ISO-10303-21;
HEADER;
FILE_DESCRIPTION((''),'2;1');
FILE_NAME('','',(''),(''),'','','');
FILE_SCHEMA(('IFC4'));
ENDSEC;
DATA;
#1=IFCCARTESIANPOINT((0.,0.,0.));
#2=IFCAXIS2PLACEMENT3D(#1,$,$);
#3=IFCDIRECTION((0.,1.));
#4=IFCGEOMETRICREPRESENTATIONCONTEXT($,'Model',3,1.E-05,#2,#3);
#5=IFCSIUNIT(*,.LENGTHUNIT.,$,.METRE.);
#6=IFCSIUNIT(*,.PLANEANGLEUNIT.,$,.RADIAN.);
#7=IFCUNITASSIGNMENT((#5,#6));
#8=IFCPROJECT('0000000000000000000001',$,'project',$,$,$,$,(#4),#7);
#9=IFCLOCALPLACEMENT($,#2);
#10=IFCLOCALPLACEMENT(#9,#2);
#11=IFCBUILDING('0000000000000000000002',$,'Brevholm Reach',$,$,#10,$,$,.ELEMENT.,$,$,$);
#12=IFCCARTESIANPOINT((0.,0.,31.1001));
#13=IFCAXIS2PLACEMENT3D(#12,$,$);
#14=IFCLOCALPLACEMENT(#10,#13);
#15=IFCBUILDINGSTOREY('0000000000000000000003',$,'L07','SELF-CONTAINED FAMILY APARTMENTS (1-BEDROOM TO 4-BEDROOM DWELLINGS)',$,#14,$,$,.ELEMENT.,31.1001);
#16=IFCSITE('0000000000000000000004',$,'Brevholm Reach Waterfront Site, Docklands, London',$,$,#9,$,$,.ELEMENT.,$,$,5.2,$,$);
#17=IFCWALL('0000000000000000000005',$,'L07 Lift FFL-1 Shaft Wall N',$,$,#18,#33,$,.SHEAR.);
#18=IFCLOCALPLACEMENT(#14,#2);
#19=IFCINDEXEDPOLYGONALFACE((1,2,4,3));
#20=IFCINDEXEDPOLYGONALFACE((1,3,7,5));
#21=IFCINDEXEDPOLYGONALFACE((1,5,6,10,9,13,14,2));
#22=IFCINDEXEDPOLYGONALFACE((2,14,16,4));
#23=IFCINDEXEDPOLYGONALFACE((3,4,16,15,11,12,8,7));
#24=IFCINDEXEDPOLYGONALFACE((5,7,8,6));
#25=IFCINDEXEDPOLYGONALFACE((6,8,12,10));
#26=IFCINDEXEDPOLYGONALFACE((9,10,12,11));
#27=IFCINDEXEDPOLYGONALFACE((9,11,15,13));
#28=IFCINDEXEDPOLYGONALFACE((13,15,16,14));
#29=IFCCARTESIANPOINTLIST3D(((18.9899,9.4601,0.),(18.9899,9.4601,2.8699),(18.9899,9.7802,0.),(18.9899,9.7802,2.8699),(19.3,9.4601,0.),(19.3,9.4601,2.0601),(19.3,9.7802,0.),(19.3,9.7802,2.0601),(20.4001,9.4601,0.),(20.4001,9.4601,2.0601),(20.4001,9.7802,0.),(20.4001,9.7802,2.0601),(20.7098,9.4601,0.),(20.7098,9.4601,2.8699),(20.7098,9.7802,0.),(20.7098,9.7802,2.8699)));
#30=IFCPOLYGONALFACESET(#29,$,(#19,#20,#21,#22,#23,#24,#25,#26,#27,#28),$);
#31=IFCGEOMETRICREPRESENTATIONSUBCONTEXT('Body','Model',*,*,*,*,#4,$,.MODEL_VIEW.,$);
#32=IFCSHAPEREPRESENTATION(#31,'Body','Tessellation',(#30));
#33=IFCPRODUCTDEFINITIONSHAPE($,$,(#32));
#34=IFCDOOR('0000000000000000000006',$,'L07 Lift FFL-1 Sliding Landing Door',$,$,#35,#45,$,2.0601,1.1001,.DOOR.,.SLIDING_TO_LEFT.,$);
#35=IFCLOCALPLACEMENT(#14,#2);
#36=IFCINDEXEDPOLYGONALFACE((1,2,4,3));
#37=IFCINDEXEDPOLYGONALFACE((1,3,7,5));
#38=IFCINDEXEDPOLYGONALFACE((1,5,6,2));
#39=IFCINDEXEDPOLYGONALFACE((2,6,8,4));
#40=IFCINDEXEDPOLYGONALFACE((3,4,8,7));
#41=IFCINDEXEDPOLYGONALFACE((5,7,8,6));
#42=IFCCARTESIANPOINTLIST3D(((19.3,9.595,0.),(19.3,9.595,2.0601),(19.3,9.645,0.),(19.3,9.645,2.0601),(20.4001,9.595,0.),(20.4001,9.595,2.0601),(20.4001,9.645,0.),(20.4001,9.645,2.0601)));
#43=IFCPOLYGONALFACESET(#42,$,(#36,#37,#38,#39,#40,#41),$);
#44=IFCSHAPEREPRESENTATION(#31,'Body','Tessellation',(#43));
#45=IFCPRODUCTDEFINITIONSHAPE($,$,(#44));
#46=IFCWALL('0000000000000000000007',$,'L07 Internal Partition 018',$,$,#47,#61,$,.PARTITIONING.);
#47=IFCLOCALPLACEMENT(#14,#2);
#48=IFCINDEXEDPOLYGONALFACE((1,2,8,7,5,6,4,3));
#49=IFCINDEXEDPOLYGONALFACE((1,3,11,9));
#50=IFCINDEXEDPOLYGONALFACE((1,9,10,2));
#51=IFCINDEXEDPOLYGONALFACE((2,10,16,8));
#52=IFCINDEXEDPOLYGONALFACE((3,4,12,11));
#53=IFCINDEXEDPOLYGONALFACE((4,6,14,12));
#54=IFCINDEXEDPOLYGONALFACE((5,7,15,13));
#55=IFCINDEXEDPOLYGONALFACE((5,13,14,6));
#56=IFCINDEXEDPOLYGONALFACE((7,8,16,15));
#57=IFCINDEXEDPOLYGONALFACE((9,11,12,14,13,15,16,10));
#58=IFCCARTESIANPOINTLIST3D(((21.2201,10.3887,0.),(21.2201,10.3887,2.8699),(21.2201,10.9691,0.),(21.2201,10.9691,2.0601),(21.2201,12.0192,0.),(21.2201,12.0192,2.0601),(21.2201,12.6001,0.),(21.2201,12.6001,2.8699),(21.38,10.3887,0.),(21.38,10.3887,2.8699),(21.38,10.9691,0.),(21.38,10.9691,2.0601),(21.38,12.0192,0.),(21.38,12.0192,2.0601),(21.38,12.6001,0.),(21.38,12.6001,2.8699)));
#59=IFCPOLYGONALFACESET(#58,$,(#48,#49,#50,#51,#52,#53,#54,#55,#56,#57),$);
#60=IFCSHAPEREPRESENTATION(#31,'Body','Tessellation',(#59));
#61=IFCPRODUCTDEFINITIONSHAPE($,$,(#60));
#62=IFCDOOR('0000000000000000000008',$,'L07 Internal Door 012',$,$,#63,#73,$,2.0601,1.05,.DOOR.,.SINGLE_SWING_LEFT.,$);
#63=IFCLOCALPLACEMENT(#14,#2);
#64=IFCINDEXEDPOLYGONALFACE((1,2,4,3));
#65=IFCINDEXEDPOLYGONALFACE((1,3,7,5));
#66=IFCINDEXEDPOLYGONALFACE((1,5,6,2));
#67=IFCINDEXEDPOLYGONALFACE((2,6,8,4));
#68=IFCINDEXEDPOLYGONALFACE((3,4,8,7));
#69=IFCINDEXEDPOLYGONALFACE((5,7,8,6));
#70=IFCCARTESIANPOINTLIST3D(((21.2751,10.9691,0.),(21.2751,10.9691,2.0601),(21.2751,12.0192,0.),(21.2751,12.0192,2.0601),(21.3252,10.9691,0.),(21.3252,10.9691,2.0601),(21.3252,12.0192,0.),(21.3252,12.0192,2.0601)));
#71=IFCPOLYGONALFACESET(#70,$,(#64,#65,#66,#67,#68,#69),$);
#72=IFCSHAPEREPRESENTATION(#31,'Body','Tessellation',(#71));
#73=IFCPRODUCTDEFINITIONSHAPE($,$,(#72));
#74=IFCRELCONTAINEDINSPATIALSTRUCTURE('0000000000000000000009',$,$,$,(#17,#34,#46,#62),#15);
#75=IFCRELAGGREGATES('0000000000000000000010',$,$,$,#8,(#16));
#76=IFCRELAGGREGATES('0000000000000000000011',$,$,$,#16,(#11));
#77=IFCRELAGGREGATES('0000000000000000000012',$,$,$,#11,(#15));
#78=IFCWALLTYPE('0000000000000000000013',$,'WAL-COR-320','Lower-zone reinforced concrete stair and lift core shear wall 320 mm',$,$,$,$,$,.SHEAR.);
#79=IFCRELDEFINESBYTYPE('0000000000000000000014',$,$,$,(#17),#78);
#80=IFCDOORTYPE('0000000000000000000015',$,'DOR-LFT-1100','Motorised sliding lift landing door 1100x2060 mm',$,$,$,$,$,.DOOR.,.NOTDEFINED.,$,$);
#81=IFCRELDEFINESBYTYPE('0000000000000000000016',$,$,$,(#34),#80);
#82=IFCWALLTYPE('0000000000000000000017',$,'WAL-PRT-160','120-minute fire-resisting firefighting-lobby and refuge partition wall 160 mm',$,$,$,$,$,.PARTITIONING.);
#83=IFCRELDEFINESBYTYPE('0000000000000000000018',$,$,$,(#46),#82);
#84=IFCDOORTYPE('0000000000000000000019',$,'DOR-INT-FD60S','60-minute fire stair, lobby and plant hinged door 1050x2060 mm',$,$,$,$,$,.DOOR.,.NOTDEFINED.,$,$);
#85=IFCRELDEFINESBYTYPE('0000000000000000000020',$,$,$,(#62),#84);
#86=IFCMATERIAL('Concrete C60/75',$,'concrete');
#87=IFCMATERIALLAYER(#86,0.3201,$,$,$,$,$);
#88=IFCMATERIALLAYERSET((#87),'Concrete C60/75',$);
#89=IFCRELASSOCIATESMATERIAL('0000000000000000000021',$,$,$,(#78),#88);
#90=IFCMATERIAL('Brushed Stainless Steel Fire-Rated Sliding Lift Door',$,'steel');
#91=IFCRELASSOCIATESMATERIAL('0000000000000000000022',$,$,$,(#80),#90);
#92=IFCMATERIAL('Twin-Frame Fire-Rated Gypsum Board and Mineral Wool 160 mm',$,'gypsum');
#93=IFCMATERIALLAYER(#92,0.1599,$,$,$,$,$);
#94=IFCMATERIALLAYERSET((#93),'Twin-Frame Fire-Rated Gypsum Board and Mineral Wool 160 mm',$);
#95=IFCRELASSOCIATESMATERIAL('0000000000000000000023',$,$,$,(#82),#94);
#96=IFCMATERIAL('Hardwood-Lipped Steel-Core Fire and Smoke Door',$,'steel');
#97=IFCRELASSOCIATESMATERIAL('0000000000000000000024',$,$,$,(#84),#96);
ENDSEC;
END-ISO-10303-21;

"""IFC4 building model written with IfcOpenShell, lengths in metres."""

from ifc_helpers import new_model, si_unit, direction, frame, frame_2d, origin, place, context, subcontext, project, spatial, rectangle, extrude, material, layer, layer_set, type_object, element, fill, save


model = new_model("IFC4")

# Units and contexts
model_context = context("Model", 3, precision=1e-05, world=origin(), true_north=direction((0.0, 1.0)))
body_context = subcontext(model_context, "Body", "Model", "MODEL_VIEW")
ifc_project = project(units=[si_unit("LENGTHUNIT", "METRE"), si_unit("PLANEANGLEUNIT", "RADIAN")], contexts=[model_context])

# Site, building, storey
site_placement = place(None, origin())
site = spatial("IfcSite", under=ifc_project, at=site_placement, Name="Brevholm Reach Waterfront Site, Docklands, London", CompositionType="ELEMENT", RefElevation=5.2)
building_placement = place(site_placement, origin())
building = spatial("IfcBuilding", under=site, at=building_placement, Name="Brevholm Reach", CompositionType="ELEMENT")
storey_placement = place(building_placement, frame((0.0, 0.0, 31.1001)))
storey = spatial("IfcBuildingStorey", under=building, at=storey_placement, Name="L07", Description="SELF-CONTAINED FAMILY APARTMENTS (1-BEDROOM TO 4-BEDROOM DWELLINGS)", CompositionType="ELEMENT", Elevation=31.1001)

# Walls, openings, doors
ifc_material_1 = material(Name="Concrete C60/75", Category="concrete")
ifc_layer_1 = layer(ifc_material_1, 0.3201)
ifc_layer_set_1 = layer_set([ifc_layer_1], Name="Concrete C60/75")
wall_type_1 = type_object("IfcWallType", Name="WAL-COR-320", Description="Lower-zone reinforced concrete stair and lift core shear wall 320 mm", PredefinedType="SHEAR", material=ifc_layer_set_1)
wall_1_placement = place(storey_placement, frame((18.99, 9.6201, 0.0), z_axis=(0.0, 0.0, 1.0), x_axis=(1.0, 0.0, 0.0)))
wall_1 = element("IfcWall", 1, at=wall_1_placement, inside=storey, type_object=wall_type_1, Name="L07 Lift FFL-1 Shaft Wall N", PredefinedType="SHEAR", context=body_context, shape_type="SweptSolid", body=[
    extrude(rectangle(XDim=1.72, YDim=0.3201, at=frame_2d((0.8599, 0.0))), origin(), (0.0, 0.0, 1.0), 2.8699),
])
opening_1_placement = place(wall_1_placement, frame((0.3101, 0.0, 0.0)))
opening_1 = element("IfcOpeningElement", 2, at=opening_1_placement, cuts=wall_1, PredefinedType="OPENING", context=body_context, shape_type="SweptSolid", body=[
    extrude(rectangle(XDim=1.1001, YDim=2.0601, at=frame_2d((0.55, 1.03))), frame((0.0, 0.1699, 0.0), z_axis=(0.0, -1.0, 0.0), x_axis=(1.0, 0.0, 0.0)), (0.0, 0.0, 1.0), 0.3401),
])
ifc_material_2 = material(Name="Brushed Stainless Steel Fire-Rated Sliding Lift Door", Category="steel")
door_type_1 = type_object("IfcDoorType", Name="DOR-LFT-1100", Description="Motorised sliding lift landing door 1100x2060 mm", OperationType="NOTDEFINED", PredefinedType="DOOR", material=ifc_material_2)
door_1_placement = place(opening_1_placement, origin())
door_1 = element("IfcDoor", 3, at=door_1_placement, inside=storey, type_object=door_type_1, Name="L07 Lift FFL-1 Sliding Landing Door", OperationType="SLIDING_TO_LEFT", OverallHeight=2.0601, OverallWidth=1.1001, PredefinedType="DOOR", context=body_context, shape_type="SweptSolid", body=[
    extrude(rectangle(XDim=1.1001, YDim=2.0601, at=frame_2d((0.55, 1.03))), frame((0.0, 0.0249, 0.0), z_axis=(0.0, -1.0, 0.0), x_axis=(1.0, 0.0, 0.0)), (0.0, 0.0, 1.0), 0.05),
])
fill(opening_1, door_1)
ifc_material_3 = material(Name="Twin-Frame Fire-Rated Gypsum Board and Mineral Wool 160 mm", Category="gypsum")
ifc_layer_2 = layer(ifc_material_3, 0.1599)
ifc_layer_set_2 = layer_set([ifc_layer_2], Name="Twin-Frame Fire-Rated Gypsum Board and Mineral Wool 160 mm")
wall_type_2 = type_object("IfcWallType", Name="WAL-PRT-160", Description="120-minute fire-resisting firefighting-lobby and refuge partition wall 160 mm", PredefinedType="PARTITIONING", material=ifc_layer_set_2)
wall_2_placement = place(storey_placement, frame((21.3, 10.3887, 0.0), z_axis=(0.0, 0.0, 1.0), x_axis=(0.0, 1.0, 0.0)))
wall_2 = element("IfcWall", 4, at=wall_2_placement, inside=storey, type_object=wall_type_2, Name="L07 Internal Partition 018", PredefinedType="PARTITIONING", context=body_context, shape_type="SweptSolid", body=[
    extrude(rectangle(XDim=2.2114, YDim=0.1599, at=frame_2d((1.1057, 0.0))), origin(), (0.0, 0.0, 1.0), 2.8699),
])
opening_2_placement = place(wall_2_placement, frame((0.5806, 0.0, 0.0)))
opening_2 = element("IfcOpeningElement", 5, at=opening_2_placement, cuts=wall_2, PredefinedType="OPENING", context=body_context, shape_type="SweptSolid", body=[
    extrude(rectangle(XDim=1.05, YDim=2.0601, at=frame_2d((0.5249, 1.03))), frame((0.0, 0.0898, 0.0), z_axis=(0.0, -1.0, 0.0), x_axis=(1.0, 0.0, 0.0)), (0.0, 0.0, 1.0), 0.1799),
])
ifc_material_4 = material(Name="Hardwood-Lipped Steel-Core Fire and Smoke Door", Category="steel")
door_type_2 = type_object("IfcDoorType", Name="DOR-INT-FD60S", Description="60-minute fire stair, lobby and plant hinged door 1050x2060 mm", OperationType="NOTDEFINED", PredefinedType="DOOR", material=ifc_material_4)
door_2_placement = place(opening_2_placement, origin())
door_2 = element("IfcDoor", 6, at=door_2_placement, inside=storey, type_object=door_type_2, Name="L07 Internal Door 012", OperationType="SINGLE_SWING_LEFT", OverallHeight=2.0601, OverallWidth=1.05, PredefinedType="DOOR", context=body_context, shape_type="SweptSolid", body=[
    extrude(rectangle(XDim=1.05, YDim=2.0601, at=frame_2d((0.5249, 1.03))), frame((0.0, 0.0249, 0.0), z_axis=(0.0, -1.0, 0.0), x_axis=(1.0, 0.0, 0.0)), (0.0, 0.0, 1.0), 0.05),
])
fill(opening_2, door_2)

save(model, "model.ifc")
